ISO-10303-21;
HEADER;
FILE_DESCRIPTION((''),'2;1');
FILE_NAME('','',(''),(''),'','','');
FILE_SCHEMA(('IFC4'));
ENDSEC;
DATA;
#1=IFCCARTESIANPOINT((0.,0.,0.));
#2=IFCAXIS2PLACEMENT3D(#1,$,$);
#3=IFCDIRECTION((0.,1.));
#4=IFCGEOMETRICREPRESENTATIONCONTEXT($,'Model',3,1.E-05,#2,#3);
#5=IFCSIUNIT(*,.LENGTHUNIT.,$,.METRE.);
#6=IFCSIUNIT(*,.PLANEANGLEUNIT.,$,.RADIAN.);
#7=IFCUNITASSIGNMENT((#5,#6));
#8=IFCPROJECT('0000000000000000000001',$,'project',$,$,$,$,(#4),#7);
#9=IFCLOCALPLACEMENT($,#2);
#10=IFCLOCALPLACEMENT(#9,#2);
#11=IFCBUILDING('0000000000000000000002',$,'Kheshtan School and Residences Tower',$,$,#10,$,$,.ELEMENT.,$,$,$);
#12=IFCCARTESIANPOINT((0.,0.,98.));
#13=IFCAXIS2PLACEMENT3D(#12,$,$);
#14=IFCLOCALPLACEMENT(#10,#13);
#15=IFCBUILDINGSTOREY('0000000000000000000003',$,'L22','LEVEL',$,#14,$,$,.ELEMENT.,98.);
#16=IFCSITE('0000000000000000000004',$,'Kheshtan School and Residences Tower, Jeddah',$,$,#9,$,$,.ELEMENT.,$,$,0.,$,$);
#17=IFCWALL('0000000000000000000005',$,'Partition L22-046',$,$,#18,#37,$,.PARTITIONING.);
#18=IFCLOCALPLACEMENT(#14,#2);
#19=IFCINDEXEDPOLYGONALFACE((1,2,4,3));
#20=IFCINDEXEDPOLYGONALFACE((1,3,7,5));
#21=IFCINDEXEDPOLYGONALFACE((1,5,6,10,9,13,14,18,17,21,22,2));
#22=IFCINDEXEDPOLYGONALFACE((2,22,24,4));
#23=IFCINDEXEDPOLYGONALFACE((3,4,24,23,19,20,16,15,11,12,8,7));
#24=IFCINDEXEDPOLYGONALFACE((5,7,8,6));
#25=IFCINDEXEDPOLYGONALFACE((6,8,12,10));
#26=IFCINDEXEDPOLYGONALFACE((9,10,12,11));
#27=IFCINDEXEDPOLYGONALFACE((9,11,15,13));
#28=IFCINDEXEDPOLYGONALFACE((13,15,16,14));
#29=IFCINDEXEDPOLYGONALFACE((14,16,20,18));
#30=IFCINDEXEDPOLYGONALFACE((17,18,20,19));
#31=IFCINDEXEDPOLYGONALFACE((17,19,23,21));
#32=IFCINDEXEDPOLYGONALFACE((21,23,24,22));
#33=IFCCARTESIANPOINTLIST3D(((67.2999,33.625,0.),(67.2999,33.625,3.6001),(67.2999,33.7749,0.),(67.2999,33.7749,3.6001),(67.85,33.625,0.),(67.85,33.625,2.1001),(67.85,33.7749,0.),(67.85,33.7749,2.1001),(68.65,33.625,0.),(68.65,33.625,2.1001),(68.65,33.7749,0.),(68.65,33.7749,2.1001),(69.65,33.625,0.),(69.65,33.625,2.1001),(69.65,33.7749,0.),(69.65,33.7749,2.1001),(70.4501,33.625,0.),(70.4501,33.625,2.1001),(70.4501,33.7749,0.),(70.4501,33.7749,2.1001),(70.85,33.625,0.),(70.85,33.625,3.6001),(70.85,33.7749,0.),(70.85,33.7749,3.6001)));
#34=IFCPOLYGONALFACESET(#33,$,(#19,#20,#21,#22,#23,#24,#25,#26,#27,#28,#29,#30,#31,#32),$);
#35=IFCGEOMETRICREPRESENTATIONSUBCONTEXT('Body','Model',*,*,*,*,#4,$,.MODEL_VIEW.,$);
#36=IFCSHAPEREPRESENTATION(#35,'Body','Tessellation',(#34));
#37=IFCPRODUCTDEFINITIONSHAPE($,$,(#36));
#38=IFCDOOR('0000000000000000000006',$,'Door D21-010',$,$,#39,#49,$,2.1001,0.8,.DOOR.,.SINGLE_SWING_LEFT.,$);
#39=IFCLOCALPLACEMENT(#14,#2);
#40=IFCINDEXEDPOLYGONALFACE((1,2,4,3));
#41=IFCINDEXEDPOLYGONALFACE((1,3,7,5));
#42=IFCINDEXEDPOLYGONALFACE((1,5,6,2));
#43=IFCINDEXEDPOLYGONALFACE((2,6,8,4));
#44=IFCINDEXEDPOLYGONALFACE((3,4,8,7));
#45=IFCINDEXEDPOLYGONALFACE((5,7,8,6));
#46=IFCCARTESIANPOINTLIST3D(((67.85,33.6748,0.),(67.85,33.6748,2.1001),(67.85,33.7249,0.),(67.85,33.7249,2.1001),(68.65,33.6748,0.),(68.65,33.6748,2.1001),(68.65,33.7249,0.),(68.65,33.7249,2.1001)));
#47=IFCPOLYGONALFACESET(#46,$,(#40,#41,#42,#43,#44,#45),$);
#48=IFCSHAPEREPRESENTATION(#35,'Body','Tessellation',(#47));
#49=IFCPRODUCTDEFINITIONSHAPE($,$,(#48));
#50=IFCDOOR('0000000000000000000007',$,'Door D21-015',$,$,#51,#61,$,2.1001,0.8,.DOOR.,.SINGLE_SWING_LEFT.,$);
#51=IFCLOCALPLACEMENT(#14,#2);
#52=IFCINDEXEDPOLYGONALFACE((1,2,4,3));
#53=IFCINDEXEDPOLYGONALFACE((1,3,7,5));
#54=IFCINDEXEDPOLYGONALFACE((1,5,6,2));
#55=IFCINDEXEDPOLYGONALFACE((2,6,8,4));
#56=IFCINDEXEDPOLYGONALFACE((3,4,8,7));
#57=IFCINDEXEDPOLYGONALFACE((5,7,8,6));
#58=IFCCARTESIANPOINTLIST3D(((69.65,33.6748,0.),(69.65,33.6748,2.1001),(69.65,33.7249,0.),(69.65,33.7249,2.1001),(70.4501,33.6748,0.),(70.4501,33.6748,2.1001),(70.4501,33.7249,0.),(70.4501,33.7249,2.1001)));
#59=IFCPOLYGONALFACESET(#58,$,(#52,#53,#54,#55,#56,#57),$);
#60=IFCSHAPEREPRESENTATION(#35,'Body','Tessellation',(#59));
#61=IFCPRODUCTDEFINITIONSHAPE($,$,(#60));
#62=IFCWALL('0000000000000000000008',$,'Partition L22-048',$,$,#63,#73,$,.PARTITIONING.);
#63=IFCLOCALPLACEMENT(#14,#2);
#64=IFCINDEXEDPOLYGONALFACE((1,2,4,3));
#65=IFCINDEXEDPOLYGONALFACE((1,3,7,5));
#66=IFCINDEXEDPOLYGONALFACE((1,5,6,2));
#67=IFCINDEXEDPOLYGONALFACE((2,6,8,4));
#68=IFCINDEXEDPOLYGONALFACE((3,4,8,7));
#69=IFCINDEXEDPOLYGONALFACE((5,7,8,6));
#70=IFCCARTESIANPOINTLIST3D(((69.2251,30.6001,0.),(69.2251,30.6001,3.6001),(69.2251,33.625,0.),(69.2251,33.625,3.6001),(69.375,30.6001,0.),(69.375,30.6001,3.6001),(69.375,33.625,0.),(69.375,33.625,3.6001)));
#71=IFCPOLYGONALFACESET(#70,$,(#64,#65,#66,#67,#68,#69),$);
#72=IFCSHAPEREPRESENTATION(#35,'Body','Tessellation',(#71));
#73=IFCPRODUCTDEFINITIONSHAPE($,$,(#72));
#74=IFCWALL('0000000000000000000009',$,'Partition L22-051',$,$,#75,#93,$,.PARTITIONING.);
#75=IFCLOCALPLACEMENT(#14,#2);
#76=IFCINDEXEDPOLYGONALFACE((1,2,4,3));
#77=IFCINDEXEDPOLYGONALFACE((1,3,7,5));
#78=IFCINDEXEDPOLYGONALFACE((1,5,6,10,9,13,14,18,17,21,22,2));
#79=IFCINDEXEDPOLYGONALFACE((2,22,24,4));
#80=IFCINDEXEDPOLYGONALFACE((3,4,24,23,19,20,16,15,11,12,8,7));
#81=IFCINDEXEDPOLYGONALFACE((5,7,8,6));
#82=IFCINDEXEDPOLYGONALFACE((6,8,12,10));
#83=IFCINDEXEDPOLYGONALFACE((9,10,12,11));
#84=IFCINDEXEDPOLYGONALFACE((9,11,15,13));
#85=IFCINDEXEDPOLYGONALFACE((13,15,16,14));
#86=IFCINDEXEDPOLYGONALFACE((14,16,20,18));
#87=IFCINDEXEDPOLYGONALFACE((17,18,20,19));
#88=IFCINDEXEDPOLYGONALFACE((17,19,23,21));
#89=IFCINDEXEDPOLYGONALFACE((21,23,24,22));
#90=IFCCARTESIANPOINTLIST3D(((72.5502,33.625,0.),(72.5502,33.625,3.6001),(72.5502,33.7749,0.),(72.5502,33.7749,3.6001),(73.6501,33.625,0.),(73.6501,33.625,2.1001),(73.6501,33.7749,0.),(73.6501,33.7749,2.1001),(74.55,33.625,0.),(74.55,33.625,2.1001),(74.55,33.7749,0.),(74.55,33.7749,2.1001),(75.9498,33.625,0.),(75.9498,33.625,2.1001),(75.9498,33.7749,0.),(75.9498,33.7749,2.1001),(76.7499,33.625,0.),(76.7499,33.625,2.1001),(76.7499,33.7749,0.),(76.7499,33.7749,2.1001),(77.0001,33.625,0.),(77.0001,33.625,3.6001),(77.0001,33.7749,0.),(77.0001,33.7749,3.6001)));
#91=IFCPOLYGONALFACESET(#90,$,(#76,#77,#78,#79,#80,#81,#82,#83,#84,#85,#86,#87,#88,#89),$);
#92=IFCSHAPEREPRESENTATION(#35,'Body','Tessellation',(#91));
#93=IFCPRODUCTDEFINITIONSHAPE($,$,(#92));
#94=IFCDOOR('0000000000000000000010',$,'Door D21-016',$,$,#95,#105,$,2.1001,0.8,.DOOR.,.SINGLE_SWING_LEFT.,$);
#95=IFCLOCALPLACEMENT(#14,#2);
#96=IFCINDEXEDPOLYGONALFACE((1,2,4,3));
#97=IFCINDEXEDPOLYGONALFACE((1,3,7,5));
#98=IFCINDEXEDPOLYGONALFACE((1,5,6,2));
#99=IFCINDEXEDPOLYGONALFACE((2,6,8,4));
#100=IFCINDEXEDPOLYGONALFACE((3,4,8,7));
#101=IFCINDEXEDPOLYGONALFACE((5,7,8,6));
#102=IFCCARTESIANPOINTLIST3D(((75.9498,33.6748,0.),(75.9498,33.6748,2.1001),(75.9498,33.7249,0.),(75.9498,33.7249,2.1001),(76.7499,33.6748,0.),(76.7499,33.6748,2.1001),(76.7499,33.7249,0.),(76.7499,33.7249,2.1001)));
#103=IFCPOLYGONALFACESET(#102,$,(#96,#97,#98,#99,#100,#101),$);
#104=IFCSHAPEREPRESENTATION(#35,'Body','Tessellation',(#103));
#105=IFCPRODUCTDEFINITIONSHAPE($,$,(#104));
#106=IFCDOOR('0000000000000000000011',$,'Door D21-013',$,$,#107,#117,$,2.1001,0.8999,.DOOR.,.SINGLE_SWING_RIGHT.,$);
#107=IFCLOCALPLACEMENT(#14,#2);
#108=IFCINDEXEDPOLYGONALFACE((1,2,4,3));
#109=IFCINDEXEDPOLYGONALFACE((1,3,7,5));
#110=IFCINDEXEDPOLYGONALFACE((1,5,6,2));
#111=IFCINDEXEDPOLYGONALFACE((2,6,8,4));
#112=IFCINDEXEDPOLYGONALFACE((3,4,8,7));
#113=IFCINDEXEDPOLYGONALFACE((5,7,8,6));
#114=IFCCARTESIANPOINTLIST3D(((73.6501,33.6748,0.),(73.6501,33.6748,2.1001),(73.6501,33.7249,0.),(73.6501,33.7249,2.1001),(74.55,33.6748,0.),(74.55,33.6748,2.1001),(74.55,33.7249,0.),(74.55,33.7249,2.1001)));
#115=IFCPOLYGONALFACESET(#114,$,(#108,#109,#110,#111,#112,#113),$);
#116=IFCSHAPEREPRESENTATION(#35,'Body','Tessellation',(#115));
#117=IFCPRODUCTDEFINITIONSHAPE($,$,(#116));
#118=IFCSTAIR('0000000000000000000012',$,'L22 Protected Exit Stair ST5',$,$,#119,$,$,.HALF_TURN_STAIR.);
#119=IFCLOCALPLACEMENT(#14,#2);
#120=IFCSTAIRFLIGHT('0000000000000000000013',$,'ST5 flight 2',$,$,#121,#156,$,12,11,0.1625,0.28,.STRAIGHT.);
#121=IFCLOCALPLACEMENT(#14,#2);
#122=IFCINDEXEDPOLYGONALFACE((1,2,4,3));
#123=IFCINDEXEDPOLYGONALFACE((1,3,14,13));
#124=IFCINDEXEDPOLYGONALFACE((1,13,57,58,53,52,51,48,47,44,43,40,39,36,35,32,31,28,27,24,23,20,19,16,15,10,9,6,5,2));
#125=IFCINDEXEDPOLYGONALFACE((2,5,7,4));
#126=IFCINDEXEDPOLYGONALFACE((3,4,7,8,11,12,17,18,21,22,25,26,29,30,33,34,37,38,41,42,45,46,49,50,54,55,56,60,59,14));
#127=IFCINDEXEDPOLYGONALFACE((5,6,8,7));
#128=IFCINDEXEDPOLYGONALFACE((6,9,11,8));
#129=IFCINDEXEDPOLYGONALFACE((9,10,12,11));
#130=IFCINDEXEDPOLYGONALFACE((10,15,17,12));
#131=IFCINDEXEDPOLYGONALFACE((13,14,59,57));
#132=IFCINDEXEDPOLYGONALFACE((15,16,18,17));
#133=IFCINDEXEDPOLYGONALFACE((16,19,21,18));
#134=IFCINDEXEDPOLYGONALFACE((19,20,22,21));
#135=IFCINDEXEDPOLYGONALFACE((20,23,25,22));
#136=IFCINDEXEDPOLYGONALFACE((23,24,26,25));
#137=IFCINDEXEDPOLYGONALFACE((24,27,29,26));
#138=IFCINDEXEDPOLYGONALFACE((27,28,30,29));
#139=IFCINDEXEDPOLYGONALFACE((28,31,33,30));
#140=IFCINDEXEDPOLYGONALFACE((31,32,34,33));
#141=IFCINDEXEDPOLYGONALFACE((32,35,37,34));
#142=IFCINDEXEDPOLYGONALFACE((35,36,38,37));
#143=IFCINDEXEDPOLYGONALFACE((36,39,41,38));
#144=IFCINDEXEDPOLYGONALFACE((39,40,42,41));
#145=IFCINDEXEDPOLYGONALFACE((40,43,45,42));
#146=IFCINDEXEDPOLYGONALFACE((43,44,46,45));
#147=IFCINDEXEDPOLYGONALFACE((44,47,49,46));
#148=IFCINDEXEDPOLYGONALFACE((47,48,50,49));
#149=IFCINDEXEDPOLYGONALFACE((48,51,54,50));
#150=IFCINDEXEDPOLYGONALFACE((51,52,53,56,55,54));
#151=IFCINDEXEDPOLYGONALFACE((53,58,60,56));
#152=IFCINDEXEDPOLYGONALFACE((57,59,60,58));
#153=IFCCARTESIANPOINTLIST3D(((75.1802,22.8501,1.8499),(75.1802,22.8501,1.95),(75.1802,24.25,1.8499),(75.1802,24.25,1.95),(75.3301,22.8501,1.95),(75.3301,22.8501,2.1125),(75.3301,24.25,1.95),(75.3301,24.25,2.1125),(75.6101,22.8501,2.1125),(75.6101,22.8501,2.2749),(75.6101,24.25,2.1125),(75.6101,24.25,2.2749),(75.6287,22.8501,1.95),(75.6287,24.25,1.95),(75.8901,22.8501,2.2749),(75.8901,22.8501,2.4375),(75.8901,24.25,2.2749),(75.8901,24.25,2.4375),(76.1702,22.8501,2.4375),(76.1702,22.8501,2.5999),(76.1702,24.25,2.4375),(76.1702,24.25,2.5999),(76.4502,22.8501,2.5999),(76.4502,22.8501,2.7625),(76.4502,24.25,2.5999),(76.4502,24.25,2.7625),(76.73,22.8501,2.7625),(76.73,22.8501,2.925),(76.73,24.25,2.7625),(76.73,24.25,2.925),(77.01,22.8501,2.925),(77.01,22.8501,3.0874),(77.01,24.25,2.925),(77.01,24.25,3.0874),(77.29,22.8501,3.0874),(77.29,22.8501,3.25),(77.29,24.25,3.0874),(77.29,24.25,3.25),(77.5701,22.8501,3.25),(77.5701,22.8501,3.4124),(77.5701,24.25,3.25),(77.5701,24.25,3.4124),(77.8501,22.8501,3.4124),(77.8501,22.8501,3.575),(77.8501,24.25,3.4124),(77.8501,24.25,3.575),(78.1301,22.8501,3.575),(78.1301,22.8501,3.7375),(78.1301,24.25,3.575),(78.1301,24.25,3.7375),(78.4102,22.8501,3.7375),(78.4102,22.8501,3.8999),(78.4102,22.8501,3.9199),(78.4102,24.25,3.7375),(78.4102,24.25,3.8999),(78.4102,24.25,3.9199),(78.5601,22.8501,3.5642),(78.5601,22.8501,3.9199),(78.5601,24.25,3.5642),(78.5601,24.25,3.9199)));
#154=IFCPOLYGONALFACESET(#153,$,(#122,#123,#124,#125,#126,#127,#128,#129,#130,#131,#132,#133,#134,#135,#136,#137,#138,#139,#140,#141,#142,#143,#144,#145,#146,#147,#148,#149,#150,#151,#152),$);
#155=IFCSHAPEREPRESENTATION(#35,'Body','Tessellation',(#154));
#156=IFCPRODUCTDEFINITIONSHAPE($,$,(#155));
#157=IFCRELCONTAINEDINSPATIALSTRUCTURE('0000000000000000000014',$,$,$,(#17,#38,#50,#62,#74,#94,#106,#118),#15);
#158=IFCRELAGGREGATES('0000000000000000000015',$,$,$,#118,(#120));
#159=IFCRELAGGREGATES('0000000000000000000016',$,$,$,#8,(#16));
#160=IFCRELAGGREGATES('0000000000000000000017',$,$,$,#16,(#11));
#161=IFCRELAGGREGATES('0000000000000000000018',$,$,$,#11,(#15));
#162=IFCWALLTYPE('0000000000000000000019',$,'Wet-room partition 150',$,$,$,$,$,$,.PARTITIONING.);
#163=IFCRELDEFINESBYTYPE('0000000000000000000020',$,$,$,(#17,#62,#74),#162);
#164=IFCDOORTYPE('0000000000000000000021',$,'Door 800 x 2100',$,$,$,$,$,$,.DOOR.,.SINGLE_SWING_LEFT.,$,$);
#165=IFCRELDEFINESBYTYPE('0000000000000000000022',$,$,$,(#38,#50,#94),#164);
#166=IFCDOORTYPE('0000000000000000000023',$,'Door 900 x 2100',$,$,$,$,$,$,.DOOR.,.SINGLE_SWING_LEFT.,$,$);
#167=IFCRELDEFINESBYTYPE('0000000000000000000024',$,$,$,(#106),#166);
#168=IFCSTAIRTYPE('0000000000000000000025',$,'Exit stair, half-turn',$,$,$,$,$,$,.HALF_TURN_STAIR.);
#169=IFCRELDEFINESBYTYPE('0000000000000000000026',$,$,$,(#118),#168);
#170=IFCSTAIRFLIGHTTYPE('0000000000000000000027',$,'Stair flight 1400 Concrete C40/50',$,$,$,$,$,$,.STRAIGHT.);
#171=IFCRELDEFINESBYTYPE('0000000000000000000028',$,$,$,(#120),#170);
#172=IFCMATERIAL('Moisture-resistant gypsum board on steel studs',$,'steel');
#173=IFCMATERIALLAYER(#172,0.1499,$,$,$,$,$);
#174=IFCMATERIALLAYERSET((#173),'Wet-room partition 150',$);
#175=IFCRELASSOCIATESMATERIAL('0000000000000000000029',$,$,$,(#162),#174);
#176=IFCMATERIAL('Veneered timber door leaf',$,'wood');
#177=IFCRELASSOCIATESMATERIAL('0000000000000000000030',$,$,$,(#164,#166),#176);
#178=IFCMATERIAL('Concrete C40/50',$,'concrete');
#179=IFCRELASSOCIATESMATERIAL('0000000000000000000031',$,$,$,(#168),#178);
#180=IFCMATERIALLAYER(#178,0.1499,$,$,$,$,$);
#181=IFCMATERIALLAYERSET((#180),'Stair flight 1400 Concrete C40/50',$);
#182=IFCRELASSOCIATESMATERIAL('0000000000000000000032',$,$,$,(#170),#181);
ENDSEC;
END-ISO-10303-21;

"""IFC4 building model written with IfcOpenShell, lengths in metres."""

from ifc_helpers import new_model, si_unit, direction, frame, frame_2d, origin, place, context, subcontext, project, spatial, polyline, rectangle, outline, extrude, source, transform, mapped, material, layer, layer_set, type_object, element, fill, aggregate, save


model = new_model("IFC4")

# Units and contexts
model_context = context("Model", 3, precision=1e-05, world=origin(), true_north=direction((0.0, 1.0)))
body_context = subcontext(model_context, "Body", "Model", "MODEL_VIEW")
ifc_project = project(units=[si_unit("LENGTHUNIT", "METRE"), si_unit("PLANEANGLEUNIT", "RADIAN")], contexts=[model_context])

# Site, building, storey
site_placement = place(None, origin())
site = spatial("IfcSite", under=ifc_project, at=site_placement, Name="Kheshtan School and Residences Tower, Jeddah", CompositionType="ELEMENT", RefElevation=0.0)
building_placement = place(site_placement, origin())
building = spatial("IfcBuilding", under=site, at=building_placement, Name="Kheshtan School and Residences Tower", CompositionType="ELEMENT")
storey_placement = place(building_placement, frame((0.0, 0.0, 98.0)))
storey = spatial("IfcBuildingStorey", under=building, at=storey_placement, Name="L22", Description="LEVEL", CompositionType="ELEMENT", Elevation=98.0)

# Shared definitions
ifc_material_1 = material(Name="Concrete C40/50", Category="concrete")

# Shared definitions
ifc_material_2 = material(Name="Moisture-resistant gypsum board on steel studs", Category="steel")
ifc_layer_1 = layer(ifc_material_2, 0.1499)
ifc_layer_set_1 = layer_set([ifc_layer_1], Name="Wet-room partition 150")
wall_type_1 = type_object("IfcWallType", Name="Wet-room partition 150", PredefinedType="PARTITIONING", material=ifc_layer_set_1)

# Wall, openings, doors
wall_1_placement = place(storey_placement, frame((67.3, 33.7, 0.0), z_axis=(0.0, 0.0, 1.0), x_axis=(1.0, 0.0, 0.0)))
wall_1 = element("IfcWall", 1, at=wall_1_placement, inside=storey, type_object=wall_type_1, Name="Partition L22-046", PredefinedType="PARTITIONING", context=body_context, shape_type="SweptSolid", body=[
    extrude(rectangle(XDim=3.55, YDim=0.1499, at=frame_2d((1.7749, 0.0))), origin(), (0.0, 0.0, 1.0), 3.6001),
])
opening_1_placement = place(wall_1_placement, frame((0.55, 0.0, 0.0)))
opening_1 = element("IfcOpeningElement", 2, at=opening_1_placement, cuts=wall_1, PredefinedType="OPENING", context=body_context, shape_type="SweptSolid", body=[
    extrude(rectangle(XDim=0.8, YDim=2.1001, at=frame_2d((0.3999, 1.05))), frame((0.0, 0.085, 0.0), z_axis=(0.0, -1.0, 0.0), x_axis=(1.0, 0.0, 0.0)), (0.0, 0.0, 1.0), 0.1699),
])
opening_2_placement = place(wall_1_placement, frame((2.3501, 0.0, 0.0)))
opening_2 = element("IfcOpeningElement", 3, at=opening_2_placement, cuts=wall_1, PredefinedType="OPENING", context=body_context, shape_type="SweptSolid", body=[
    extrude(rectangle(XDim=0.8, YDim=2.1001, at=frame_2d((0.3999, 1.05))), frame((0.0, 0.085, 0.0), z_axis=(0.0, -1.0, 0.0), x_axis=(1.0, 0.0, 0.0)), (0.0, 0.0, 1.0), 0.1699),
])
ifc_material_3 = material(Name="Veneered timber door leaf", Category="wood")
door_type_1 = type_object("IfcDoorType", Name="Door 800 x 2100", OperationType="SINGLE_SWING_LEFT", PredefinedType="DOOR", material=ifc_material_3)
shared_shape_1 = source(origin(), body_context, "Body", "SweptSolid", [
    extrude(rectangle(XDim=0.8, YDim=2.1001, at=frame_2d((0.3999, 1.05))), frame((0.0, 0.0249, 0.0), z_axis=(0.0, -1.0, 0.0), x_axis=(1.0, 0.0, 0.0)), (0.0, 0.0, 1.0), 0.05),
])
door_1_placement = place(opening_1_placement, origin())
door_1 = element("IfcDoor", 4, at=door_1_placement, inside=storey, type_object=door_type_1, Name="Door D21-010", OperationType="SINGLE_SWING_LEFT", OverallHeight=2.1001, OverallWidth=0.8, PredefinedType="DOOR", context=body_context, shape_type="MappedRepresentation", body=[
    mapped(shared_shape_1, transform((0.0, 0.0, 0.0), x_axis=(1.0, 0.0, 0.0), y_axis=(0.0, 1.0, 0.0), z_axis=(0.0, 0.0, 1.0), scale=1.0)),
])
fill(opening_1, door_1)
door_2_placement = place(opening_2_placement, origin())
door_2 = element("IfcDoor", 5, at=door_2_placement, inside=storey, type_object=door_type_1, Name="Door D21-015", OperationType="SINGLE_SWING_LEFT", OverallHeight=2.1001, OverallWidth=0.8, PredefinedType="DOOR", context=body_context, shape_type="MappedRepresentation", body=[
    mapped(shared_shape_1, transform((0.0, 0.0, 0.0), x_axis=(1.0, 0.0, 0.0), y_axis=(0.0, 1.0, 0.0), z_axis=(0.0, 0.0, 1.0), scale=1.0)),
])
fill(opening_2, door_2)

# Wall
wall_2_placement = place(storey_placement, frame((69.3, 30.6001, 0.0), z_axis=(0.0, 0.0, 1.0), x_axis=(0.0, 1.0, 0.0)))
element("IfcWall", 6, at=wall_2_placement, inside=storey, type_object=wall_type_1, Name="Partition L22-048", PredefinedType="PARTITIONING", context=body_context, shape_type="SweptSolid", body=[
    extrude(rectangle(XDim=3.0249, YDim=0.1499, at=frame_2d((1.5125, 0.0))), origin(), (0.0, 0.0, 1.0), 3.6001),
])

# Wall, openings, doors
wall_3_placement = place(storey_placement, frame((72.55, 33.7, 0.0), z_axis=(0.0, 0.0, 1.0), x_axis=(1.0, 0.0, 0.0)))
wall_3 = element("IfcWall", 7, at=wall_3_placement, inside=storey, type_object=wall_type_1, Name="Partition L22-051", PredefinedType="PARTITIONING", context=body_context, shape_type="SweptSolid", body=[
    extrude(rectangle(XDim=4.45, YDim=0.1499, at=frame_2d((2.2251, 0.0))), origin(), (0.0, 0.0, 1.0), 3.6001),
])
opening_3_placement = place(wall_3_placement, frame((1.1001, 0.0, 0.0)))
opening_3 = element("IfcOpeningElement", 8, at=opening_3_placement, cuts=wall_3, PredefinedType="OPENING", context=body_context, shape_type="SweptSolid", body=[
    extrude(rectangle(XDim=0.8999, YDim=2.1001, at=frame_2d((0.45, 1.05))), frame((0.0, 0.085, 0.0), z_axis=(0.0, -1.0, 0.0), x_axis=(1.0, 0.0, 0.0)), (0.0, 0.0, 1.0), 0.1699),
])
opening_4_placement = place(wall_3_placement, frame((3.3999, 0.0, 0.0)))
opening_4 = element("IfcOpeningElement", 9, at=opening_4_placement, cuts=wall_3, PredefinedType="OPENING", context=body_context, shape_type="SweptSolid", body=[
    extrude(rectangle(XDim=0.8, YDim=2.1001, at=frame_2d((0.3999, 1.05))), frame((0.0, 0.085, 0.0), z_axis=(0.0, -1.0, 0.0), x_axis=(1.0, 0.0, 0.0)), (0.0, 0.0, 1.0), 0.1699),
])
door_3_placement = place(opening_4_placement, origin())
door_3 = element("IfcDoor", 10, at=door_3_placement, inside=storey, type_object=door_type_1, Name="Door D21-016", OperationType="SINGLE_SWING_LEFT", OverallHeight=2.1001, OverallWidth=0.8, PredefinedType="DOOR", context=body_context, shape_type="MappedRepresentation", body=[
    mapped(shared_shape_1, transform((0.0, 0.0, 0.0), x_axis=(1.0, 0.0, 0.0), y_axis=(0.0, 1.0, 0.0), z_axis=(0.0, 0.0, 1.0), scale=1.0)),
])
fill(opening_4, door_3)
door_type_2 = type_object("IfcDoorType", Name="Door 900 x 2100", OperationType="SINGLE_SWING_LEFT", PredefinedType="DOOR", material=ifc_material_3)
shared_shape_2 = source(origin(), body_context, "Body", "SweptSolid", [
    extrude(rectangle(XDim=0.8999, YDim=2.1001, at=frame_2d((0.45, 1.05))), frame((0.0, 0.0249, 0.0), z_axis=(0.0, -1.0, 0.0), x_axis=(1.0, 0.0, 0.0)), (0.0, 0.0, 1.0), 0.05),
])
door_4_placement = place(opening_3_placement, origin())
door_4 = element("IfcDoor", 11, at=door_4_placement, inside=storey, type_object=door_type_2, Name="Door D21-013", OperationType="SINGLE_SWING_RIGHT", OverallHeight=2.1001, OverallWidth=0.8999, PredefinedType="DOOR", context=body_context, shape_type="MappedRepresentation", body=[
    mapped(shared_shape_2, transform((0.0, 0.0, 0.0), x_axis=(1.0, 0.0, 0.0), y_axis=(0.0, 1.0, 0.0), z_axis=(0.0, 0.0, 1.0), scale=1.0)),
])
fill(opening_3, door_4)

# Stair, stair flight
stair_type = type_object("IfcStairType", Name="Exit stair, half-turn", PredefinedType="HALF_TURN_STAIR", material=ifc_material_1)
stair_placement = place(storey_placement, origin())
stair = element("IfcStair", 12, at=stair_placement, inside=storey, type_object=stair_type, Name="L22 Protected Exit Stair ST5", PredefinedType="HALF_TURN_STAIR")
ifc_layer_2 = layer(ifc_material_1, 0.1499)
ifc_layer_set_2 = layer_set([ifc_layer_2], Name="Stair flight 1400 Concrete C40/50")
stair_flight_type = type_object("IfcStairFlightType", Name="Stair flight 1400 Concrete C40/50", PredefinedType="STRAIGHT", material=ifc_layer_set_2)
stair_flight_placement = place(storey_placement, frame((75.3301, 23.55, 1.95), z_axis=(0.0, 0.0, 1.0), x_axis=(1.0, 0.0, 0.0)))
stair_flight = element("IfcStairFlight", 13, at=stair_flight_placement, type_object=stair_flight_type, Name="ST5 flight 2", NumberOfRisers=12, NumberOfTreads=11, PredefinedType="STRAIGHT", RiserHeight=0.1625, TreadLength=0.28, context=body_context, shape_type="SweptSolid", body=[
    extrude(outline(polyline([(-0.1499, -0.1001), (-0.1499, 0.0), (0.0, 0.0), (0.0, 0.1626), (0.28, 0.1626), (0.28, 0.325), (0.5601, 0.325), (0.5601, 0.4875), (0.8401, 0.4875), (0.8401, 0.6499), (1.1201, 0.6499), (1.1201, 0.8125), (1.3999, 0.8125), (1.3999, 0.9751), (1.6799, 0.9751), (1.6799, 1.1375), (1.96, 1.1375), (1.96, 1.3), (2.24, 1.3), (2.24, 1.4624), (2.52, 1.4624), (2.52, 1.625), (2.8, 1.625), (2.8, 1.7876), (3.0801, 1.7876), (3.0801, 1.95), (3.0801, 1.97), (3.23, 1.97), (3.23, 1.6143), (0.2986, 0.0), (-0.1499, -0.1001)])), frame((0.0, 0.7, 0.0), z_axis=(0.0, -1.0, 0.0), x_axis=(1.0, 0.0, 0.0)), (0.0, 0.0, 1.0), 1.3999),
])
aggregate(stair, [stair_flight])

save(model, "model.ifc")
